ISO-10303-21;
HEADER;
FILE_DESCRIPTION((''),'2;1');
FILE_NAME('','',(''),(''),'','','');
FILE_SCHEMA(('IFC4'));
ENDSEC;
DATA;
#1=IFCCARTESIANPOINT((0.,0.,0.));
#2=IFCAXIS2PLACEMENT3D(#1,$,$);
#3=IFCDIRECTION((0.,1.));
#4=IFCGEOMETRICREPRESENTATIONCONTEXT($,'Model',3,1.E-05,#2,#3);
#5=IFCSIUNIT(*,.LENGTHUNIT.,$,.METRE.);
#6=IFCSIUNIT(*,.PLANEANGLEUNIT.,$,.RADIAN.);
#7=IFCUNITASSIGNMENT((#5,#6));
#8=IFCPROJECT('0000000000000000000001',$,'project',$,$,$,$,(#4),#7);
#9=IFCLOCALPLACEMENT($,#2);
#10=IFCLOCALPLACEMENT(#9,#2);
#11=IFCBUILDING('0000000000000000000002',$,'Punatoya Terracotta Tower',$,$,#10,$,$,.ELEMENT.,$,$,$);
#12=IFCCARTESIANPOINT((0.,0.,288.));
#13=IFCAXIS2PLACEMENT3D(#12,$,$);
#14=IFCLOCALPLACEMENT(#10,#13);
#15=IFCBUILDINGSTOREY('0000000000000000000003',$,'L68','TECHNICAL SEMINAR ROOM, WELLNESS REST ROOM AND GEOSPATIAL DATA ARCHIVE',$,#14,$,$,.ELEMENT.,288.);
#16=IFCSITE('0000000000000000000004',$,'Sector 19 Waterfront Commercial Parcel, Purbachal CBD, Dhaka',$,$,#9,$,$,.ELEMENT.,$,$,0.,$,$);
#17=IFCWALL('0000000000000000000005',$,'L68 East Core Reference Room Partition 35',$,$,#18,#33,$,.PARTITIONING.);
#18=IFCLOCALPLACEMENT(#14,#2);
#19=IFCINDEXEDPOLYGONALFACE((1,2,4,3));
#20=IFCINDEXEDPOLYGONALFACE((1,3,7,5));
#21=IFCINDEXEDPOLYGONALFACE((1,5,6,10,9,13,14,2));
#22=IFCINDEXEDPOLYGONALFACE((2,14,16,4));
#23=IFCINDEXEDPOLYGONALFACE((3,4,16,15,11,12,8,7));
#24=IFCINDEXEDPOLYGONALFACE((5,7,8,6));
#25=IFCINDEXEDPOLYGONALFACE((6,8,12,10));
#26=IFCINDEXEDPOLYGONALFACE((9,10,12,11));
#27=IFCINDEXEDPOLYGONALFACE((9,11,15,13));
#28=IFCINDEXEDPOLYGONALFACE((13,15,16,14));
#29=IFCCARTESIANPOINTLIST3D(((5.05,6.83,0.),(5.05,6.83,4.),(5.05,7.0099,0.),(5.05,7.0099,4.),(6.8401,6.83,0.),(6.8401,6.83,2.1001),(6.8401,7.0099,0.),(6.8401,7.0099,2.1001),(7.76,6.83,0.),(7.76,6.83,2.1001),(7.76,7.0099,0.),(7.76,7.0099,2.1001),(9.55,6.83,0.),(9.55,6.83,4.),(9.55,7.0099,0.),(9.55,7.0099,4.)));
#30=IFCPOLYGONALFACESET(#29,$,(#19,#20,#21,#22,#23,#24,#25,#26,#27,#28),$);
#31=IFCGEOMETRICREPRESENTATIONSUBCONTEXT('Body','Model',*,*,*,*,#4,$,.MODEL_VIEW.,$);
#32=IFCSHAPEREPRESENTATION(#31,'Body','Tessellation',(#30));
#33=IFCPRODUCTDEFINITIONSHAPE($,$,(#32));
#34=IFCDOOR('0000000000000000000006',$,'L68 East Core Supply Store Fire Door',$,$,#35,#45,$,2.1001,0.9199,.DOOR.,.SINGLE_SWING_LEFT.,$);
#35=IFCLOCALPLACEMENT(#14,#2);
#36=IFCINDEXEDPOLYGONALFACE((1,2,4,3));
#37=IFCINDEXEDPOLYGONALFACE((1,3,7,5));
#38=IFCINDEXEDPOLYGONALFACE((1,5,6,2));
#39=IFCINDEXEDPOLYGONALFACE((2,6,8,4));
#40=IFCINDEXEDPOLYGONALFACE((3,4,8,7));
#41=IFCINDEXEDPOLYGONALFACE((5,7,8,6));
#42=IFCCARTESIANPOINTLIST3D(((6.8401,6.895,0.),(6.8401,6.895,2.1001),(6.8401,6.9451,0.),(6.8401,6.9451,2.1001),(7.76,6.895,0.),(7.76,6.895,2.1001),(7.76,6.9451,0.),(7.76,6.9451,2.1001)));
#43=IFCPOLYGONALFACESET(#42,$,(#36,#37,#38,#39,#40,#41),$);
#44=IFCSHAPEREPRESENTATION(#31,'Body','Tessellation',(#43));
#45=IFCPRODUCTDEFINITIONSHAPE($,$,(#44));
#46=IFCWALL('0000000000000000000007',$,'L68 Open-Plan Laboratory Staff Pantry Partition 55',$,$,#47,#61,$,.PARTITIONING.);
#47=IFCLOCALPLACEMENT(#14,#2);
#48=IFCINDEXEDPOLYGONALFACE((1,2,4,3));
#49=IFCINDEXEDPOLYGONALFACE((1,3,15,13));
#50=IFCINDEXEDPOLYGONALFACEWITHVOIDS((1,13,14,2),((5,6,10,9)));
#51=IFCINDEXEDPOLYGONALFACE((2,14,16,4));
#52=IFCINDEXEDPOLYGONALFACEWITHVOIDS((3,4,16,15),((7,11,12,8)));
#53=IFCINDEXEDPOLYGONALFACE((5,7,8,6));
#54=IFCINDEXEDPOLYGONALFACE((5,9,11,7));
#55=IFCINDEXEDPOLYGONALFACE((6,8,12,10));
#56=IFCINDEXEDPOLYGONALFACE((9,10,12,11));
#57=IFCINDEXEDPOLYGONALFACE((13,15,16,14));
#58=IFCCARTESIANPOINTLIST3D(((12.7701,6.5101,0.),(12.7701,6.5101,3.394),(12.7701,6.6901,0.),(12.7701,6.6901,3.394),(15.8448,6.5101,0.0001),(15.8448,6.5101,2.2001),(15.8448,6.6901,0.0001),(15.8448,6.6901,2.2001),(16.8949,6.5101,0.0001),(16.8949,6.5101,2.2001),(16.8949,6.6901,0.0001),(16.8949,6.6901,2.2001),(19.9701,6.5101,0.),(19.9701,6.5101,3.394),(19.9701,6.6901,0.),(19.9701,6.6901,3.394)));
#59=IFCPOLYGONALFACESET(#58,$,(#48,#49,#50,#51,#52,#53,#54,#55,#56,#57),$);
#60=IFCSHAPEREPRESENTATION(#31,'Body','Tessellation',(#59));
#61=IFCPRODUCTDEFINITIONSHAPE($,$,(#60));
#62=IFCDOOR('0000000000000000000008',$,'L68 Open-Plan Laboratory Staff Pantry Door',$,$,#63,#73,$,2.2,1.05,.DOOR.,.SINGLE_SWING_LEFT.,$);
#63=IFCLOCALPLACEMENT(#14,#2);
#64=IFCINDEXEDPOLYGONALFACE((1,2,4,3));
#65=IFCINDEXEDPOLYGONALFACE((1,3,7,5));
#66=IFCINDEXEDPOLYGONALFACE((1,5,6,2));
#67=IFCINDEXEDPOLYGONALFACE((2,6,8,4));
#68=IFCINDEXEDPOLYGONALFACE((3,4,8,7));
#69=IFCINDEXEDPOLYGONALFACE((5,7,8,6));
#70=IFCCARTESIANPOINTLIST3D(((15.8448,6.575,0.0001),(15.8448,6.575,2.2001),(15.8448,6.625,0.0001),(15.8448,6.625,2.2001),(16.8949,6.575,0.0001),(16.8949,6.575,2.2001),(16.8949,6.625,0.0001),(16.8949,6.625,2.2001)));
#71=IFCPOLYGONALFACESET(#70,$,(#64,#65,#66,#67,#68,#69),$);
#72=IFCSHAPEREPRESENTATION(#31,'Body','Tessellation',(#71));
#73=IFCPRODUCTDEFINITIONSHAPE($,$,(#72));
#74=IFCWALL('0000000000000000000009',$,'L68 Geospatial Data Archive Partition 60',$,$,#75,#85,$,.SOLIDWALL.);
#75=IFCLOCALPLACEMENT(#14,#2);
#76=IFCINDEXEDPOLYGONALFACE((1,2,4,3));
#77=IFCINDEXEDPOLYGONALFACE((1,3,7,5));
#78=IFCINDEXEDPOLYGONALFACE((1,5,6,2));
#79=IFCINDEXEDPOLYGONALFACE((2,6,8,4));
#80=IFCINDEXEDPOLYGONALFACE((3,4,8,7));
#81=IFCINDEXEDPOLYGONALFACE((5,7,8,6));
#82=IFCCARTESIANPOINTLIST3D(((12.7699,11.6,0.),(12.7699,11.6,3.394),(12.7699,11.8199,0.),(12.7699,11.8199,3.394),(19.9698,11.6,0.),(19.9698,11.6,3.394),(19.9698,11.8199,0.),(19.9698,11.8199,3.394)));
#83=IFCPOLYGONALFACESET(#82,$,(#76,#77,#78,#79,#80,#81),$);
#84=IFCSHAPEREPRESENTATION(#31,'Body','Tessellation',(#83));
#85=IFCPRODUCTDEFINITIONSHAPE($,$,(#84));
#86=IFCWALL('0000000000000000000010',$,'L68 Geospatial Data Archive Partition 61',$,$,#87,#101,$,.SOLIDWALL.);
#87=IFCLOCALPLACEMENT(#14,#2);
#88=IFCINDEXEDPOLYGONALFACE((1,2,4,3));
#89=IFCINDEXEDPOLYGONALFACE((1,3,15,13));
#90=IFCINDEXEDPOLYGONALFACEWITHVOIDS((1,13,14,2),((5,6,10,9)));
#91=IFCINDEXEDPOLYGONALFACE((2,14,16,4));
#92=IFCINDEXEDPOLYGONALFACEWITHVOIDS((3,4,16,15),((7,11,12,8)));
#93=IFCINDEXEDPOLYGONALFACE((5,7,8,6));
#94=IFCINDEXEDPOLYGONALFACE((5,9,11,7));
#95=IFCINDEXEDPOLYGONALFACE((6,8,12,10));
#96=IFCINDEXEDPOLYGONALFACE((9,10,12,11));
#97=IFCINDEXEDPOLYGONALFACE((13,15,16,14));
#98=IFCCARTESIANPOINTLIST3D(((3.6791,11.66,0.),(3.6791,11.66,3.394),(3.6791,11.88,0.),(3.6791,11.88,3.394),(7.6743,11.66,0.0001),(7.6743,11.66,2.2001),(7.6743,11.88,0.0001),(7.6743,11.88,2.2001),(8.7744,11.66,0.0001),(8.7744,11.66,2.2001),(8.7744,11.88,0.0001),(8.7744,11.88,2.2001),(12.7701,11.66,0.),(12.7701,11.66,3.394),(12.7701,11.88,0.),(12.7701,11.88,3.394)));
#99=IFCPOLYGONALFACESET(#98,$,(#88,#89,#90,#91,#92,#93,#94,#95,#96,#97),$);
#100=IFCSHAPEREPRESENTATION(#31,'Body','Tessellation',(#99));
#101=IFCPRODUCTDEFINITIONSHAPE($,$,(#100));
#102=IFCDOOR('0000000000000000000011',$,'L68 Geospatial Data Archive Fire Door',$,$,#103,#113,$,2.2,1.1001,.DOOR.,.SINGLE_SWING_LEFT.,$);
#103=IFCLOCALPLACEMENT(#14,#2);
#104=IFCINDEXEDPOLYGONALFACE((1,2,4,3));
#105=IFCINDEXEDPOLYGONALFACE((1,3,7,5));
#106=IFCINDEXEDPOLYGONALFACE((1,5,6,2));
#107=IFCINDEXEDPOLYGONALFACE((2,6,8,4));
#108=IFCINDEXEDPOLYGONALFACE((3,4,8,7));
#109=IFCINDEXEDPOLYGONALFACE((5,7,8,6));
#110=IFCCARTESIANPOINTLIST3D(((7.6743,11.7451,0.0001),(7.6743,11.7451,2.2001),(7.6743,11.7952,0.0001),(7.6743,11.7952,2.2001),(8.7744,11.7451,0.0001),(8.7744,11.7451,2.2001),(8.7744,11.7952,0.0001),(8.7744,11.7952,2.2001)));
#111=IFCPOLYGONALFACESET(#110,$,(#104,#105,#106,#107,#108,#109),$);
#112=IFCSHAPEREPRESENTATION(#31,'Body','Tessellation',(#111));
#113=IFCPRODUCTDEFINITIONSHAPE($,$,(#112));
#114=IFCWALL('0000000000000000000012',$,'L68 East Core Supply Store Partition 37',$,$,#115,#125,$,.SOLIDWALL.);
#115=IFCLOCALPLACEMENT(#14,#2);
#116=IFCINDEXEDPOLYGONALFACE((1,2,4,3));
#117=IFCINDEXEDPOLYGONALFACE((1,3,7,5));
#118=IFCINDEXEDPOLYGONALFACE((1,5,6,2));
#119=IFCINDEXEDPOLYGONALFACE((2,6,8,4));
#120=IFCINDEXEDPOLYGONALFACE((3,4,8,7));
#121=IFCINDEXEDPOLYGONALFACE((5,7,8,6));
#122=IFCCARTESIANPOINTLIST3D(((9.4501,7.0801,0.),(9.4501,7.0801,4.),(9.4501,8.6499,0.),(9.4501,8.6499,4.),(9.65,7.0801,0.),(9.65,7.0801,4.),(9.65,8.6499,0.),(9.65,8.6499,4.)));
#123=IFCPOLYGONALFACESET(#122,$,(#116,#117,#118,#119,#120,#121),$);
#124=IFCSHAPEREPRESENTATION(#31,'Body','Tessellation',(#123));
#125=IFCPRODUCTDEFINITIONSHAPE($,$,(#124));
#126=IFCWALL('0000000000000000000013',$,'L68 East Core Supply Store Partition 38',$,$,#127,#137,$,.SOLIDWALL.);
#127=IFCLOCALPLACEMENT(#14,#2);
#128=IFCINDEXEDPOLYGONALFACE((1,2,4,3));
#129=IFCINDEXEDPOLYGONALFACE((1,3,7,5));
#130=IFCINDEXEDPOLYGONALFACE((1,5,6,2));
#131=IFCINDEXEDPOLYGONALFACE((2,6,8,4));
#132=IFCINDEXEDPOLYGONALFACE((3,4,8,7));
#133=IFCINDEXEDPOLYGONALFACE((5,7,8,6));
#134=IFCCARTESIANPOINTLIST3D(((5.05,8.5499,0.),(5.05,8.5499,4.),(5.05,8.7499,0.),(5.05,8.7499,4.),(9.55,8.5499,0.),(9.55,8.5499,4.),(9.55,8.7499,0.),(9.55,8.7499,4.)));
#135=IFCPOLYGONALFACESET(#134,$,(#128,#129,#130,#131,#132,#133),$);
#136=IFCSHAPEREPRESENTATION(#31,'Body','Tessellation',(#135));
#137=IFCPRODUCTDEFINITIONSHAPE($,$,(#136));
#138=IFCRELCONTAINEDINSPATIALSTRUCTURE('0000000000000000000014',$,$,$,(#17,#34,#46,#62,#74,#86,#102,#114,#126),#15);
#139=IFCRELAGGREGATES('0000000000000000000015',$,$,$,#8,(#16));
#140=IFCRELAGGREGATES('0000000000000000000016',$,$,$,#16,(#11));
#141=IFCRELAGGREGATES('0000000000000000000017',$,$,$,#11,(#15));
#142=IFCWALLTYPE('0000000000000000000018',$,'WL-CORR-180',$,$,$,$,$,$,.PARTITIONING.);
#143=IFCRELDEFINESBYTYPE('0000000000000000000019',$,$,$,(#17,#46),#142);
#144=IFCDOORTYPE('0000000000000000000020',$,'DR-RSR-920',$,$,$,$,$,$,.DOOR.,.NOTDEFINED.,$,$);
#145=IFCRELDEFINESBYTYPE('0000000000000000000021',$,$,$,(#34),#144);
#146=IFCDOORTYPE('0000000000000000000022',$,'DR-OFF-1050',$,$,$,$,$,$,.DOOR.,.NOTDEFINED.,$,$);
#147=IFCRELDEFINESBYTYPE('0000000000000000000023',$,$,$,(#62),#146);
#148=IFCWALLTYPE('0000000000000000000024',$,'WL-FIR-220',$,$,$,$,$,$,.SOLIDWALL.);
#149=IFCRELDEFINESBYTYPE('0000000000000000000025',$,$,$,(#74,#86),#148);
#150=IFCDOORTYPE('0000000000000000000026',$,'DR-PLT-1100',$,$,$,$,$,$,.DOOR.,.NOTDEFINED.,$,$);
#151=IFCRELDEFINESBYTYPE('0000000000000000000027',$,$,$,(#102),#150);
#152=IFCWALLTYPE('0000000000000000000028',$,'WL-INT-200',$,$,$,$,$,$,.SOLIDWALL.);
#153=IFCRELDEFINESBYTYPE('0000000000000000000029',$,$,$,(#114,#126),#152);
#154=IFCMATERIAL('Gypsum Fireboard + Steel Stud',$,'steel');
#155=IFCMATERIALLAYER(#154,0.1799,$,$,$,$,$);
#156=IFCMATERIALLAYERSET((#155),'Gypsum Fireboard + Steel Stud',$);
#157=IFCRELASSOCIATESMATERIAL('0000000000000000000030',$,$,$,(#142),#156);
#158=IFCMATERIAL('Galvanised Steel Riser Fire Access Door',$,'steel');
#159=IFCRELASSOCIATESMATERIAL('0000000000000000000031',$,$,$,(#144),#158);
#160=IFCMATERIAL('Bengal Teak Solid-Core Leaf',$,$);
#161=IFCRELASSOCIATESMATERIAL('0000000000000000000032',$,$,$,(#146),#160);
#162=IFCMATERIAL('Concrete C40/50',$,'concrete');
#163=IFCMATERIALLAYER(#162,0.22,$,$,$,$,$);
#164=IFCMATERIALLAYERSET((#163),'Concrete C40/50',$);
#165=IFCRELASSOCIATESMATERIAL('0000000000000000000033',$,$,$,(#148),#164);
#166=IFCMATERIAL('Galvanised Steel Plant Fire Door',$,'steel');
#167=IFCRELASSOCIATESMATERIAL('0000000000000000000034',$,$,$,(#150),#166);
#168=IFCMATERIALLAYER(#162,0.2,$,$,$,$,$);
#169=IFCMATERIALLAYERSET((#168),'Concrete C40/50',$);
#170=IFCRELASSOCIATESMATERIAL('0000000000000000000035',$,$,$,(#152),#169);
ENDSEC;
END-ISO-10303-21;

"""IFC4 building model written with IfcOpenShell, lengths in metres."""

from ifc_helpers import new_model, si_unit, direction, frame, frame_2d, origin, place, context, subcontext, project, spatial, rectangle, extrude, material, layer, layer_set, type_object, element, fill, save


model = new_model("IFC4")

# Units and contexts
model_context = context("Model", 3, precision=1e-05, world=origin(), true_north=direction((0.0, 1.0)))
body_context = subcontext(model_context, "Body", "Model", "MODEL_VIEW")
ifc_project = project(units=[si_unit("LENGTHUNIT", "METRE"), si_unit("PLANEANGLEUNIT", "RADIAN")], contexts=[model_context])

# Site, building, storey
site_placement = place(None, origin())
site = spatial("IfcSite", under=ifc_project, at=site_placement, Name="Sector 19 Waterfront Commercial Parcel, Purbachal CBD, Dhaka", CompositionType="ELEMENT", RefElevation=0.0)
building_placement = place(site_placement, origin())
building = spatial("IfcBuilding", under=site, at=building_placement, Name="Punatoya Terracotta Tower", CompositionType="ELEMENT")
storey_placement = place(building_placement, frame((0.0, 0.0, 288.0)))
storey = spatial("IfcBuildingStorey", under=building, at=storey_placement, Name="L68", Description="TECHNICAL SEMINAR ROOM, WELLNESS REST ROOM AND GEOSPATIAL DATA ARCHIVE", CompositionType="ELEMENT", Elevation=288.0)

# Shared definitions
ifc_material_1 = material(Name="Gypsum Fireboard + Steel Stud", Category="steel")
ifc_layer_1 = layer(ifc_material_1, 0.1799)
ifc_layer_set_1 = layer_set([ifc_layer_1], Name="Gypsum Fireboard + Steel Stud")
wall_type_1 = type_object("IfcWallType", Name="WL-CORR-180", PredefinedType="PARTITIONING", material=ifc_layer_set_1)

# Walls, openings, doors
wall_1_placement = place(storey_placement, frame((9.55, 6.9199, 0.0), z_axis=(0.0, 0.0, 1.0), x_axis=(-1.0, 0.0, 0.0)))
wall_1 = element("IfcWall", 1, at=wall_1_placement, inside=storey, type_object=wall_type_1, Name="L68 East Core Reference Room Partition 35", PredefinedType="PARTITIONING", context=body_context, shape_type="SweptSolid", body=[
    extrude(rectangle(XDim=4.5, YDim=0.1799, at=frame_2d((2.25, 0.0))), origin(), (0.0, 0.0, 1.0), 4.0),
])
opening_1_placement = place(wall_1_placement, frame((1.79, 0.0, 0.0)))
opening_1 = element("IfcOpeningElement", 2, at=opening_1_placement, cuts=wall_1, PredefinedType="OPENING", context=body_context, shape_type="SweptSolid", body=[
    extrude(rectangle(XDim=0.9199, YDim=2.1001, at=frame_2d((0.46, 1.05))), frame((0.0, 0.0999, 0.0), z_axis=(0.0, -1.0, 0.0), x_axis=(1.0, 0.0, 0.0)), (0.0, 0.0, 1.0), 0.2),
])
ifc_material_2 = material(Name="Galvanised Steel Riser Fire Access Door", Category="steel")
door_type_1 = type_object("IfcDoorType", Name="DR-RSR-920", OperationType="NOTDEFINED", PredefinedType="DOOR", material=ifc_material_2)
door_1_placement = place(opening_1_placement, origin())
door_1 = element("IfcDoor", 3, at=door_1_placement, inside=storey, type_object=door_type_1, Name="L68 East Core Supply Store Fire Door", OperationType="SINGLE_SWING_LEFT", OverallHeight=2.1001, OverallWidth=0.9199, PredefinedType="DOOR", context=body_context, shape_type="SweptSolid", body=[
    extrude(rectangle(XDim=0.9199, YDim=2.1001, at=frame_2d((0.46, 1.05))), frame((0.0, 0.0249, 0.0), z_axis=(0.0, -1.0, 0.0), x_axis=(1.0, 0.0, 0.0)), (0.0, 0.0, 1.0), 0.05),
])
fill(opening_1, door_1)
wall_2_placement = place(storey_placement, frame((12.77, 6.6001, 0.0), z_axis=(0.0, 0.0, 1.0), x_axis=(1.0, 0.0, 0.0)))
wall_2 = element("IfcWall", 4, at=wall_2_placement, inside=storey, type_object=wall_type_1, Name="L68 Open-Plan Laboratory Staff Pantry Partition 55", PredefinedType="PARTITIONING", context=body_context, shape_type="SweptSolid", body=[
    extrude(rectangle(XDim=7.2, YDim=0.1799, at=frame_2d((3.6001, 0.0))), origin(), (0.0, 0.0, 1.0), 3.394),
])
opening_2_placement = place(wall_2_placement, frame((3.075, 0.0, 0.0)))
opening_2 = element("IfcOpeningElement", 5, at=opening_2_placement, cuts=wall_2, PredefinedType="OPENING", context=body_context, shape_type="SweptSolid", body=[
    extrude(rectangle(XDim=1.05, YDim=2.2, at=frame_2d((0.5249, 1.1001))), frame((0.0, 0.0999, 0.0), z_axis=(0.0, -1.0, 0.0), x_axis=(1.0, 0.0, 0.0)), (0.0, 0.0, 1.0), 0.2),
])
ifc_material_3 = material(Name="Bengal Teak Solid-Core Leaf")
door_type_2 = type_object("IfcDoorType", Name="DR-OFF-1050", OperationType="NOTDEFINED", PredefinedType="DOOR", material=ifc_material_3)
door_2_placement = place(opening_2_placement, origin())
door_2 = element("IfcDoor", 6, at=door_2_placement, inside=storey, type_object=door_type_2, Name="L68 Open-Plan Laboratory Staff Pantry Door", OperationType="SINGLE_SWING_LEFT", OverallHeight=2.2, OverallWidth=1.05, PredefinedType="DOOR", context=body_context, shape_type="SweptSolid", body=[
    extrude(rectangle(XDim=1.05, YDim=2.2, at=frame_2d((0.5249, 1.1001))), frame((0.0, 0.0249, 0.0), z_axis=(0.0, -1.0, 0.0), x_axis=(1.0, 0.0, 0.0)), (0.0, 0.0, 1.0), 0.05),
])
fill(opening_2, door_2)

# Wall
ifc_material_4 = material(Name="Concrete C40/50", Category="concrete")
ifc_layer_2 = layer(ifc_material_4, 0.22)
ifc_layer_set_2 = layer_set([ifc_layer_2], Name="Concrete C40/50")
wall_type_2 = type_object("IfcWallType", Name="WL-FIR-220", PredefinedType="SOLIDWALL", material=ifc_layer_set_2)
wall_3_placement = place(storey_placement, frame((19.97, 11.71, 0.0), z_axis=(0.0, 0.0, 1.0), x_axis=(-1.0, 0.0, 0.0)))
element("IfcWall", 7, at=wall_3_placement, inside=storey, type_object=wall_type_2, Name="L68 Geospatial Data Archive Partition 60", PredefinedType="SOLIDWALL", context=body_context, shape_type="SweptSolid", body=[
    extrude(rectangle(XDim=7.2, YDim=0.22, at=frame_2d((3.6001, 0.0))), origin(), (0.0, 0.0, 1.0), 3.394),
])

# Wall, opening, door
wall_4_placement = place(storey_placement, frame((12.77, 11.77, 0.0), z_axis=(0.0, 0.0, 1.0), x_axis=(-1.0, 0.0, 0.0)))
wall_4 = element("IfcWall", 8, at=wall_4_placement, inside=storey, type_object=wall_type_2, Name="L68 Geospatial Data Archive Partition 61", PredefinedType="SOLIDWALL", context=body_context, shape_type="SweptSolid", body=[
    extrude(rectangle(XDim=9.0911, YDim=0.22, at=frame_2d((4.5454, 0.0))), origin(), (0.0, 0.0, 1.0), 3.394),
])
opening_3_placement = place(wall_4_placement, frame((3.9956, 0.0, 0.0)))
opening_3 = element("IfcOpeningElement", 9, at=opening_3_placement, cuts=wall_4, PredefinedType="OPENING", context=body_context, shape_type="SweptSolid", body=[
    extrude(rectangle(XDim=1.1001, YDim=2.2, at=frame_2d((0.55, 1.1001))), frame((0.0, 0.1199, 0.0), z_axis=(0.0, -1.0, 0.0), x_axis=(1.0, 0.0, 0.0)), (0.0, 0.0, 1.0), 0.24),
])
ifc_material_5 = material(Name="Galvanised Steel Plant Fire Door", Category="steel")
door_type_3 = type_object("IfcDoorType", Name="DR-PLT-1100", OperationType="NOTDEFINED", PredefinedType="DOOR", material=ifc_material_5)
door_3_placement = place(opening_3_placement, origin())
door_3 = element("IfcDoor", 10, at=door_3_placement, inside=storey, type_object=door_type_3, Name="L68 Geospatial Data Archive Fire Door", OperationType="SINGLE_SWING_LEFT", OverallHeight=2.2, OverallWidth=1.1001, PredefinedType="DOOR", context=body_context, shape_type="SweptSolid", body=[
    extrude(rectangle(XDim=1.1001, YDim=2.2, at=frame_2d((0.55, 1.1001))), frame((0.0, 0.0249, 0.0), z_axis=(0.0, -1.0, 0.0), x_axis=(1.0, 0.0, 0.0)), (0.0, 0.0, 1.0), 0.05),
])
fill(opening_3, door_3)

# Walls
ifc_layer_3 = layer(ifc_material_4, 0.2)
ifc_layer_set_3 = layer_set([ifc_layer_3], Name="Concrete C40/50")
wall_type_3 = type_object("IfcWallType", Name="WL-INT-200", PredefinedType="SOLIDWALL", material=ifc_layer_set_3)
wall_5_placement = place(storey_placement, frame((9.55, 7.0801, 0.0), z_axis=(0.0, 0.0, 1.0), x_axis=(0.0, 1.0, 0.0)))
element("IfcWall", 11, at=wall_5_placement, inside=storey, type_object=wall_type_3, Name="L68 East Core Supply Store Partition 37", PredefinedType="SOLIDWALL", context=body_context, shape_type="SweptSolid", body=[
    extrude(rectangle(XDim=1.5698, YDim=0.2, at=frame_2d((0.7849, 0.0))), origin(), (0.0, 0.0, 1.0), 4.0),
])
wall_6_placement = place(storey_placement, frame((9.55, 8.6499, 0.0), z_axis=(0.0, 0.0, 1.0), x_axis=(-1.0, 0.0, 0.0)))
element("IfcWall", 12, at=wall_6_placement, inside=storey, type_object=wall_type_3, Name="L68 East Core Supply Store Partition 38", PredefinedType="SOLIDWALL", context=body_context, shape_type="SweptSolid", body=[
    extrude(rectangle(XDim=4.5, YDim=0.2, at=frame_2d((2.25, 0.0))), origin(), (0.0, 0.0, 1.0), 4.0),
])

save(model, "model.ifc")
